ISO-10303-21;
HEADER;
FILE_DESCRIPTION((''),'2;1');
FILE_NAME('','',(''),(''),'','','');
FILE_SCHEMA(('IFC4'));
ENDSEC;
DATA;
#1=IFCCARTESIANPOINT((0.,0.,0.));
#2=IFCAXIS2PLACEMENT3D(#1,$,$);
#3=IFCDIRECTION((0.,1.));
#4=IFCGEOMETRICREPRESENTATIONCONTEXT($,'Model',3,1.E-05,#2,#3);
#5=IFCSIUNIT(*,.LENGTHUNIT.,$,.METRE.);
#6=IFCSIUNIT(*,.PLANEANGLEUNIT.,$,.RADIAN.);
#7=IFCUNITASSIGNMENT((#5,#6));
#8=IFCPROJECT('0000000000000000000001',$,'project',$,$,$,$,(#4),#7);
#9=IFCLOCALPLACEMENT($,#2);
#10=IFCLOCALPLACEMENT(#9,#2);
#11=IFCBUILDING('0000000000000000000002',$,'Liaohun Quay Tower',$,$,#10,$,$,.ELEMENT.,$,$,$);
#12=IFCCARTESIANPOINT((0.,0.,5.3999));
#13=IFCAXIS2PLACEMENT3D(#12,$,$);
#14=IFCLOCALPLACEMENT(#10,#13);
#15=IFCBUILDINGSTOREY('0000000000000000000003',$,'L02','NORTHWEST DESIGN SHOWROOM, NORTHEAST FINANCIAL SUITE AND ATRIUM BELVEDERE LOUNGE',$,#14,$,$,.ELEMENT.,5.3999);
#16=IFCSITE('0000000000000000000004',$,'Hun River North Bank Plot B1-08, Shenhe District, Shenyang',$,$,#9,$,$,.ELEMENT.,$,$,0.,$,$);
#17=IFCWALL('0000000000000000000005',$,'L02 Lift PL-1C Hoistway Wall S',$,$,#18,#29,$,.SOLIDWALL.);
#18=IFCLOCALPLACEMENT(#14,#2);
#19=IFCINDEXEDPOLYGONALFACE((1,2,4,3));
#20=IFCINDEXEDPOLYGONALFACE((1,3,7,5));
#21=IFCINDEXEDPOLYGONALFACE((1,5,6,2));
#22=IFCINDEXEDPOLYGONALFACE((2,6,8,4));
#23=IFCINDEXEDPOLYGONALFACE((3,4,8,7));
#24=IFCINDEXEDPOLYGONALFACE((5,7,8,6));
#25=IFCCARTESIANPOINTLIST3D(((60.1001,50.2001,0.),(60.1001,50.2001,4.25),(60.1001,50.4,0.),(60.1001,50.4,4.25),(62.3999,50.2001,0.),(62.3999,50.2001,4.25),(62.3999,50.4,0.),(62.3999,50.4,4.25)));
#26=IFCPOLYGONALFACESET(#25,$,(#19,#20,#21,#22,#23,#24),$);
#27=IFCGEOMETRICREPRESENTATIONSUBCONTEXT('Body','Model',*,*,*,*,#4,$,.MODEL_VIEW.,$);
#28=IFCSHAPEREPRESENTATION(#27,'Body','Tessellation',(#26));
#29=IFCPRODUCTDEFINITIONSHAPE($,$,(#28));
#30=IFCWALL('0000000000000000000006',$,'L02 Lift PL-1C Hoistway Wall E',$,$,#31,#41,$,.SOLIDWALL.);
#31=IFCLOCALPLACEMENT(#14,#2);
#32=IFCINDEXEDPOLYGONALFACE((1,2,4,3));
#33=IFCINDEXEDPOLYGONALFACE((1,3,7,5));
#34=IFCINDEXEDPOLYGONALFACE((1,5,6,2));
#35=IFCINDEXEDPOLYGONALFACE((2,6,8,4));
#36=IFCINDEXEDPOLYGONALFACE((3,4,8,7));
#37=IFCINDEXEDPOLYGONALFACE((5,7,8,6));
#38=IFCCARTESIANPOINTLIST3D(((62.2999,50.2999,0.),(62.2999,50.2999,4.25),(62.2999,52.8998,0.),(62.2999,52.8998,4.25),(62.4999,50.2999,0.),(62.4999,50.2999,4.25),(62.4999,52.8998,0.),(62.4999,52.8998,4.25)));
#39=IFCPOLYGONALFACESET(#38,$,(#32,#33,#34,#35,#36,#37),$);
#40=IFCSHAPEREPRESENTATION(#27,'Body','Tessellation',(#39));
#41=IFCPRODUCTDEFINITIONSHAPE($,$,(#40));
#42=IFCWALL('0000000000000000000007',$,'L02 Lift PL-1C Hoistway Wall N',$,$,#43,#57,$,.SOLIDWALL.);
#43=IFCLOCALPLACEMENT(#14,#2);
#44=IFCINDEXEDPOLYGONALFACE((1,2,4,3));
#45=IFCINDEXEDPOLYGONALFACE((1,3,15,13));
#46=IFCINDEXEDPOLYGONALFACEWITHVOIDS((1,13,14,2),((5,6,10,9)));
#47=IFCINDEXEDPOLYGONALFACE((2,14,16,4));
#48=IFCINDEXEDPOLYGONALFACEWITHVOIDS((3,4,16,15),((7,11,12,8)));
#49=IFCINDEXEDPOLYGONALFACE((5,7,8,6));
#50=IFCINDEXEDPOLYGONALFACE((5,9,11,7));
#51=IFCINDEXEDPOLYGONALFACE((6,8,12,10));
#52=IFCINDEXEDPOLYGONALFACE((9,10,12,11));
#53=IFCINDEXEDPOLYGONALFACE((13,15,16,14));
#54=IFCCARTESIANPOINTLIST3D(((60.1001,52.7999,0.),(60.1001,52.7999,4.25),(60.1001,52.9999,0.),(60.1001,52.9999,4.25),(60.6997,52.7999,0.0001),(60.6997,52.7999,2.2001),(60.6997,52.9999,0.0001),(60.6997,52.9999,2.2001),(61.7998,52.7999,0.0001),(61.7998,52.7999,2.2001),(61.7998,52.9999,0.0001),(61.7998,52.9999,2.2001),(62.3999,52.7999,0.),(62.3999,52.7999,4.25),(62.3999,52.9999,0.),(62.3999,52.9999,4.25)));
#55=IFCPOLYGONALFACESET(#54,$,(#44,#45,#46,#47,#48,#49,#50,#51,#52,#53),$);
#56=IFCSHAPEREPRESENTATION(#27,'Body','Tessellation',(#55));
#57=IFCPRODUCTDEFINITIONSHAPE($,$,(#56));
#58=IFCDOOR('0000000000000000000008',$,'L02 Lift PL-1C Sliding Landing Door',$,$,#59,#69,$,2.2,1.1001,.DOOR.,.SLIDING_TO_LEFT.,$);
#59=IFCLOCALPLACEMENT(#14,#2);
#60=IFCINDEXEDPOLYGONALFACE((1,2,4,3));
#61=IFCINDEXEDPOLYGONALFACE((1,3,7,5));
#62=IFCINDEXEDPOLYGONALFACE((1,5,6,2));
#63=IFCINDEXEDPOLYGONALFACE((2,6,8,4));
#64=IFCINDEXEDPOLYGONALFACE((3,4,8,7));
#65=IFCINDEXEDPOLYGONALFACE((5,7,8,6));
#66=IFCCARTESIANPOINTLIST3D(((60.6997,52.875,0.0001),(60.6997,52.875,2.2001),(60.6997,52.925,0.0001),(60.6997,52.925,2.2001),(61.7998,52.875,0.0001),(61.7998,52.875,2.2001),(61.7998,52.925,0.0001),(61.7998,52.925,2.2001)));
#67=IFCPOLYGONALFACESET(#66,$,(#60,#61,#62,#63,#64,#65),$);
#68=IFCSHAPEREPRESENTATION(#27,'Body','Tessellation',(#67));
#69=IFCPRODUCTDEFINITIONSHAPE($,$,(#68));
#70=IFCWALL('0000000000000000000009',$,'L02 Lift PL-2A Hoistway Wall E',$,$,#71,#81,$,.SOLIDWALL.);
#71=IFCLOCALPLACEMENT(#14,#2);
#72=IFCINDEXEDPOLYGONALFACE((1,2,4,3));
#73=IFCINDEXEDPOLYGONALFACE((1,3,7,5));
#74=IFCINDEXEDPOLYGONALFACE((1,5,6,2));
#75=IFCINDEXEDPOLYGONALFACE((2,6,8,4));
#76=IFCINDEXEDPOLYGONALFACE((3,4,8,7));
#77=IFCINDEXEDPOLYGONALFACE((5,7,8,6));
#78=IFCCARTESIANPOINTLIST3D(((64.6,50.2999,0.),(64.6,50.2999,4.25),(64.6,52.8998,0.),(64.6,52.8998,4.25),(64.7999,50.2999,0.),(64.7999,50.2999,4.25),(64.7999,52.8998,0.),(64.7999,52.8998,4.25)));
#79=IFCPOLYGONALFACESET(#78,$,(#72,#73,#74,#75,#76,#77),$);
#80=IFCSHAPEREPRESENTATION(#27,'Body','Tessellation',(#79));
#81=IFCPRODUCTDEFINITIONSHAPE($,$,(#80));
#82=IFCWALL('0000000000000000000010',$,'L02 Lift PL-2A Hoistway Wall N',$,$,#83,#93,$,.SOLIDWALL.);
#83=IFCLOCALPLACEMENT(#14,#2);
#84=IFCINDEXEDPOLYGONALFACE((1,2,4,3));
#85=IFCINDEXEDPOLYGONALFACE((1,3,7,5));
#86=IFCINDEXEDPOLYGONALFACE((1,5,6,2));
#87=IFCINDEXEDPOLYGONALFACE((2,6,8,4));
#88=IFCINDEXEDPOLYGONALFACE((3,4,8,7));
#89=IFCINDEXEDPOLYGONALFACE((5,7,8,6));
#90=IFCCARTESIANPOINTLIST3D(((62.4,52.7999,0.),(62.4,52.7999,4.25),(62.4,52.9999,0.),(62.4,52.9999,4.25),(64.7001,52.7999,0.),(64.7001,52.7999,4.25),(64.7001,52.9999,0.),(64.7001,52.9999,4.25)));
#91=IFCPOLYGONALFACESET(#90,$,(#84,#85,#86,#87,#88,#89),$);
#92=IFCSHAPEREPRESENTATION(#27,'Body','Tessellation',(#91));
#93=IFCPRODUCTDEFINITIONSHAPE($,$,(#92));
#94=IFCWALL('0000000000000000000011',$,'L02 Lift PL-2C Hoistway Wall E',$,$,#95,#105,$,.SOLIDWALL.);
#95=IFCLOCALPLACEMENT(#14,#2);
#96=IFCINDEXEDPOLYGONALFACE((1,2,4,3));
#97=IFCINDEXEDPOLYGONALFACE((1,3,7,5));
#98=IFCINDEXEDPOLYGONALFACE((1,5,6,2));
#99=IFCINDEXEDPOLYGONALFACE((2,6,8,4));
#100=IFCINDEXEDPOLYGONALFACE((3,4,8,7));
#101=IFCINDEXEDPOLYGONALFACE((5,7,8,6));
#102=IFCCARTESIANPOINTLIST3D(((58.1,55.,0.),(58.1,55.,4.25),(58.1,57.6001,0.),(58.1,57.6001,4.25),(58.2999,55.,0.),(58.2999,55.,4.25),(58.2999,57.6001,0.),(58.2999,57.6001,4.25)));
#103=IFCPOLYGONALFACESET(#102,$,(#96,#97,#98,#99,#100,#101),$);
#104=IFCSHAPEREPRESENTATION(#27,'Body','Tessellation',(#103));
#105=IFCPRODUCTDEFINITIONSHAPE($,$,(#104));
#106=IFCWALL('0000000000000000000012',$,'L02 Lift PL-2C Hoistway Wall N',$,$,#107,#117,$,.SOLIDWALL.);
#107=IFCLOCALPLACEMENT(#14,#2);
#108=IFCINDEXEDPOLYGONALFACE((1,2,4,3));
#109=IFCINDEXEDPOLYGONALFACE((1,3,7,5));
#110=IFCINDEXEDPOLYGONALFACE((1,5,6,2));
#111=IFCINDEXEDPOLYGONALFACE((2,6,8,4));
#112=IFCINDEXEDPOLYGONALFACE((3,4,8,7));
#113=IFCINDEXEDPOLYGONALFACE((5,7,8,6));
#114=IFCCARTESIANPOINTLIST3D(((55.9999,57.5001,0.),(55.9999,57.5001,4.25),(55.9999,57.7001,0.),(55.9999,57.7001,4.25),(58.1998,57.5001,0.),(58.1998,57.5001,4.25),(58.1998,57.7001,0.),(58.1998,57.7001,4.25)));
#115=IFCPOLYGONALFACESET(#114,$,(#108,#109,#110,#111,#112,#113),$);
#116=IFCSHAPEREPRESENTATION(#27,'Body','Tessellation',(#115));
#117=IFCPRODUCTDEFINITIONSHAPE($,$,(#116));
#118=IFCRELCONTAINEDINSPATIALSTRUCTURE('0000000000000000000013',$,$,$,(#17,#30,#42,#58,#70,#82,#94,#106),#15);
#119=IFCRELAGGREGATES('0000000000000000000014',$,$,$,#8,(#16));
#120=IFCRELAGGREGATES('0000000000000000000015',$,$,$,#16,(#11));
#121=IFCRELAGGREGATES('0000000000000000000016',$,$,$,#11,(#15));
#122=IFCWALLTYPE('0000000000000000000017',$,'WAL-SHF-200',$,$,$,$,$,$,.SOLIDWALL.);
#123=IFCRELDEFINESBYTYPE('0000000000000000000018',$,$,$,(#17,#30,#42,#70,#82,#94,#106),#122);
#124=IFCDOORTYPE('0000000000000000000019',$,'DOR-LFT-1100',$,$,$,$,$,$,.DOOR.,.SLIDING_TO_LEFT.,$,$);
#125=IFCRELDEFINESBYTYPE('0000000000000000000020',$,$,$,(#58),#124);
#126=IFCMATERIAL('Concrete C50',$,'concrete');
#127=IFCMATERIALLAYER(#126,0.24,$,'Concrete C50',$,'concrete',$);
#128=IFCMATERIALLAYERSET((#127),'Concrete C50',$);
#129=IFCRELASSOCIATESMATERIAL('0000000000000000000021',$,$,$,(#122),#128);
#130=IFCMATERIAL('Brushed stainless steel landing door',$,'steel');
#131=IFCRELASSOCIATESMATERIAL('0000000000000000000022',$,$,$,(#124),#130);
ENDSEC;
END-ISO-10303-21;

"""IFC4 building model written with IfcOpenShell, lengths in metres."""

from ifc_helpers import new_model, si_unit, direction, frame, frame_2d, origin, place, context, subcontext, project, spatial, rectangle, extrude, source, transform, mapped, material, layer, layer_set, type_object, element, fill, save


model = new_model("IFC4")

# Units and contexts
model_context = context("Model", 3, precision=1e-05, world=origin(), true_north=direction((0.0, 1.0)))
body_context = subcontext(model_context, "Body", "Model", "MODEL_VIEW")
ifc_project = project(units=[si_unit("LENGTHUNIT", "METRE"), si_unit("PLANEANGLEUNIT", "RADIAN")], contexts=[model_context])

# Site, building, storey
site_placement = place(None, origin())
site = spatial("IfcSite", under=ifc_project, at=site_placement, Name="Hun River North Bank Plot B1-08, Shenhe District, Shenyang", CompositionType="ELEMENT", RefElevation=0.0)
building_placement = place(site_placement, origin())
building = spatial("IfcBuilding", under=site, at=building_placement, Name="Liaohun Quay Tower", CompositionType="ELEMENT")
storey_placement = place(building_placement, frame((0.0, 0.0, 5.3999)))
storey = spatial("IfcBuildingStorey", under=building, at=storey_placement, Name="L02", Description="NORTHWEST DESIGN SHOWROOM, NORTHEAST FINANCIAL SUITE AND ATRIUM BELVEDERE LOUNGE", CompositionType="ELEMENT", Elevation=5.3999)

# Shared definitions
ifc_material_1 = material(Name="Concrete C50", Category="concrete")
ifc_layer_1 = layer(ifc_material_1, 0.24, Name="Concrete C50", Category="concrete")
ifc_layer_set_1 = layer_set([ifc_layer_1], Name="Concrete C50")
wall_type_1 = type_object("IfcWallType", Name="WAL-SHF-200", PredefinedType="SOLIDWALL", material=ifc_layer_set_1)

# Shared definitions
shared_shape_1 = source(origin(), body_context, "Body", "SweptSolid", [
    extrude(rectangle(XDim=1.1001, YDim=2.2, at=frame_2d((0.55, 1.1001))), frame((0.0, 0.1099, 0.0), z_axis=(0.0, -1.0, 0.0), x_axis=(1.0, 0.0, 0.0)), (0.0, 0.0, 1.0), 0.22),
])
ifc_material_2 = material(Name="Brushed stainless steel landing door", Category="steel")
door_type_1 = type_object("IfcDoorType", Name="DOR-LFT-1100", OperationType="SLIDING_TO_LEFT", PredefinedType="DOOR", material=ifc_material_2)
shared_shape_2 = source(origin(), body_context, "Body", "SweptSolid", [
    extrude(rectangle(XDim=1.1001, YDim=2.2, at=frame_2d((0.55, 1.1001))), frame((0.0, 0.0249, 0.0), z_axis=(0.0, -1.0, 0.0), x_axis=(1.0, 0.0, 0.0)), (0.0, 0.0, 1.0), 0.05),
])

# Walls
wall_1_placement = place(storey_placement, frame((60.1001, 50.3, 0.0), z_axis=(0.0, 0.0, 1.0), x_axis=(1.0, 0.0, 0.0)))
element("IfcWall", 1, at=wall_1_placement, inside=storey, type_object=wall_type_1, Name="L02 Lift PL-1C Hoistway Wall S", PredefinedType="SOLIDWALL", context=body_context, shape_type="SweptSolid", body=[
    extrude(rectangle(XDim=2.2998, YDim=0.2, at=frame_2d((1.1499, 0.0))), origin(), (0.0, 0.0, 1.0), 4.25),
])
wall_2_placement = place(storey_placement, frame((62.3999, 50.3, 0.0), z_axis=(0.0, 0.0, 1.0), x_axis=(0.0, 1.0, 0.0)))
element("IfcWall", 2, at=wall_2_placement, inside=storey, type_object=wall_type_1, Name="L02 Lift PL-1C Hoistway Wall E", PredefinedType="SOLIDWALL", context=body_context, shape_type="SweptSolid", body=[
    extrude(rectangle(XDim=2.5999, YDim=0.2, at=frame_2d((1.2998, 0.0))), origin(), (0.0, 0.0, 1.0), 4.25),
])

# Wall, opening, door
wall_3_placement = place(storey_placement, frame((62.3999, 52.8999, 0.0), z_axis=(0.0, 0.0, 1.0), x_axis=(-1.0, 0.0, 0.0)))
wall_3 = element("IfcWall", 3, at=wall_3_placement, inside=storey, type_object=wall_type_1, Name="L02 Lift PL-1C Hoistway Wall N", PredefinedType="SOLIDWALL", context=body_context, shape_type="SweptSolid", body=[
    extrude(rectangle(XDim=2.2998, YDim=0.2, at=frame_2d((1.1499, 0.0))), origin(), (0.0, 0.0, 1.0), 4.25),
])
opening_1_placement = place(wall_3_placement, frame((0.6001, 0.0, 0.0)))
opening_1 = element("IfcOpeningElement", 4, at=opening_1_placement, cuts=wall_3, PredefinedType="OPENING", context=body_context, shape_type="MappedRepresentation", body=[
    mapped(shared_shape_1, transform((0.0, 0.0, 0.0), x_axis=(1.0, 0.0, 0.0), y_axis=(0.0, 1.0, 0.0), z_axis=(0.0, 0.0, 1.0), scale=1.0)),
])
door_1_placement = place(opening_1_placement, origin())
door_1 = element("IfcDoor", 5, at=door_1_placement, inside=storey, type_object=door_type_1, Name="L02 Lift PL-1C Sliding Landing Door", OperationType="SLIDING_TO_LEFT", OverallHeight=2.2, OverallWidth=1.1001, PredefinedType="DOOR", context=body_context, shape_type="MappedRepresentation", body=[
    mapped(shared_shape_2, transform((0.0, 0.0, 0.0), x_axis=(1.0, 0.0, 0.0), y_axis=(0.0, 1.0, 0.0), z_axis=(0.0, 0.0, 1.0), scale=1.0)),
])
fill(opening_1, door_1)

# Walls
wall_4_placement = place(storey_placement, frame((64.7, 50.3, 0.0), z_axis=(0.0, 0.0, 1.0), x_axis=(0.0, 1.0, 0.0)))
element("IfcWall", 6, at=wall_4_placement, inside=storey, type_object=wall_type_1, Name="L02 Lift PL-2A Hoistway Wall E", PredefinedType="SOLIDWALL", context=body_context, shape_type="SweptSolid", body=[
    extrude(rectangle(XDim=2.5999, YDim=0.2, at=frame_2d((1.2998, 0.0))), origin(), (0.0, 0.0, 1.0), 4.25),
])
wall_5_placement = place(storey_placement, frame((64.7, 52.8999, 0.0), z_axis=(0.0, 0.0, 1.0), x_axis=(-1.0, 0.0, 0.0)))
element("IfcWall", 7, at=wall_5_placement, inside=storey, type_object=wall_type_1, Name="L02 Lift PL-2A Hoistway Wall N", PredefinedType="SOLIDWALL", context=body_context, shape_type="SweptSolid", body=[
    extrude(rectangle(XDim=2.3, YDim=0.2, at=frame_2d((1.1499, 0.0))), origin(), (0.0, 0.0, 1.0), 4.25),
])
wall_6_placement = place(storey_placement, frame((58.2, 55.0, 0.0), z_axis=(0.0, 0.0, 1.0), x_axis=(0.0, 1.0, 0.0)))
element("IfcWall", 8, at=wall_6_placement, inside=storey, type_object=wall_type_1, Name="L02 Lift PL-2C Hoistway Wall E", PredefinedType="SOLIDWALL", context=body_context, shape_type="SweptSolid", body=[
    extrude(rectangle(XDim=2.6001, YDim=0.2, at=frame_2d((1.3, 0.0))), origin(), (0.0, 0.0, 1.0), 4.25),
])
wall_7_placement = place(storey_placement, frame((58.2, 57.6001, 0.0), z_axis=(0.0, 0.0, 1.0), x_axis=(-1.0, 0.0, 0.0)))
element("IfcWall", 9, at=wall_7_placement, inside=storey, type_object=wall_type_1, Name="L02 Lift PL-2C Hoistway Wall N", PredefinedType="SOLIDWALL", context=body_context, shape_type="SweptSolid", body=[
    extrude(rectangle(XDim=2.2, YDim=0.2, at=frame_2d((1.1001, 0.0))), origin(), (0.0, 0.0, 1.0), 4.25),
])

save(model, "model.ifc")
